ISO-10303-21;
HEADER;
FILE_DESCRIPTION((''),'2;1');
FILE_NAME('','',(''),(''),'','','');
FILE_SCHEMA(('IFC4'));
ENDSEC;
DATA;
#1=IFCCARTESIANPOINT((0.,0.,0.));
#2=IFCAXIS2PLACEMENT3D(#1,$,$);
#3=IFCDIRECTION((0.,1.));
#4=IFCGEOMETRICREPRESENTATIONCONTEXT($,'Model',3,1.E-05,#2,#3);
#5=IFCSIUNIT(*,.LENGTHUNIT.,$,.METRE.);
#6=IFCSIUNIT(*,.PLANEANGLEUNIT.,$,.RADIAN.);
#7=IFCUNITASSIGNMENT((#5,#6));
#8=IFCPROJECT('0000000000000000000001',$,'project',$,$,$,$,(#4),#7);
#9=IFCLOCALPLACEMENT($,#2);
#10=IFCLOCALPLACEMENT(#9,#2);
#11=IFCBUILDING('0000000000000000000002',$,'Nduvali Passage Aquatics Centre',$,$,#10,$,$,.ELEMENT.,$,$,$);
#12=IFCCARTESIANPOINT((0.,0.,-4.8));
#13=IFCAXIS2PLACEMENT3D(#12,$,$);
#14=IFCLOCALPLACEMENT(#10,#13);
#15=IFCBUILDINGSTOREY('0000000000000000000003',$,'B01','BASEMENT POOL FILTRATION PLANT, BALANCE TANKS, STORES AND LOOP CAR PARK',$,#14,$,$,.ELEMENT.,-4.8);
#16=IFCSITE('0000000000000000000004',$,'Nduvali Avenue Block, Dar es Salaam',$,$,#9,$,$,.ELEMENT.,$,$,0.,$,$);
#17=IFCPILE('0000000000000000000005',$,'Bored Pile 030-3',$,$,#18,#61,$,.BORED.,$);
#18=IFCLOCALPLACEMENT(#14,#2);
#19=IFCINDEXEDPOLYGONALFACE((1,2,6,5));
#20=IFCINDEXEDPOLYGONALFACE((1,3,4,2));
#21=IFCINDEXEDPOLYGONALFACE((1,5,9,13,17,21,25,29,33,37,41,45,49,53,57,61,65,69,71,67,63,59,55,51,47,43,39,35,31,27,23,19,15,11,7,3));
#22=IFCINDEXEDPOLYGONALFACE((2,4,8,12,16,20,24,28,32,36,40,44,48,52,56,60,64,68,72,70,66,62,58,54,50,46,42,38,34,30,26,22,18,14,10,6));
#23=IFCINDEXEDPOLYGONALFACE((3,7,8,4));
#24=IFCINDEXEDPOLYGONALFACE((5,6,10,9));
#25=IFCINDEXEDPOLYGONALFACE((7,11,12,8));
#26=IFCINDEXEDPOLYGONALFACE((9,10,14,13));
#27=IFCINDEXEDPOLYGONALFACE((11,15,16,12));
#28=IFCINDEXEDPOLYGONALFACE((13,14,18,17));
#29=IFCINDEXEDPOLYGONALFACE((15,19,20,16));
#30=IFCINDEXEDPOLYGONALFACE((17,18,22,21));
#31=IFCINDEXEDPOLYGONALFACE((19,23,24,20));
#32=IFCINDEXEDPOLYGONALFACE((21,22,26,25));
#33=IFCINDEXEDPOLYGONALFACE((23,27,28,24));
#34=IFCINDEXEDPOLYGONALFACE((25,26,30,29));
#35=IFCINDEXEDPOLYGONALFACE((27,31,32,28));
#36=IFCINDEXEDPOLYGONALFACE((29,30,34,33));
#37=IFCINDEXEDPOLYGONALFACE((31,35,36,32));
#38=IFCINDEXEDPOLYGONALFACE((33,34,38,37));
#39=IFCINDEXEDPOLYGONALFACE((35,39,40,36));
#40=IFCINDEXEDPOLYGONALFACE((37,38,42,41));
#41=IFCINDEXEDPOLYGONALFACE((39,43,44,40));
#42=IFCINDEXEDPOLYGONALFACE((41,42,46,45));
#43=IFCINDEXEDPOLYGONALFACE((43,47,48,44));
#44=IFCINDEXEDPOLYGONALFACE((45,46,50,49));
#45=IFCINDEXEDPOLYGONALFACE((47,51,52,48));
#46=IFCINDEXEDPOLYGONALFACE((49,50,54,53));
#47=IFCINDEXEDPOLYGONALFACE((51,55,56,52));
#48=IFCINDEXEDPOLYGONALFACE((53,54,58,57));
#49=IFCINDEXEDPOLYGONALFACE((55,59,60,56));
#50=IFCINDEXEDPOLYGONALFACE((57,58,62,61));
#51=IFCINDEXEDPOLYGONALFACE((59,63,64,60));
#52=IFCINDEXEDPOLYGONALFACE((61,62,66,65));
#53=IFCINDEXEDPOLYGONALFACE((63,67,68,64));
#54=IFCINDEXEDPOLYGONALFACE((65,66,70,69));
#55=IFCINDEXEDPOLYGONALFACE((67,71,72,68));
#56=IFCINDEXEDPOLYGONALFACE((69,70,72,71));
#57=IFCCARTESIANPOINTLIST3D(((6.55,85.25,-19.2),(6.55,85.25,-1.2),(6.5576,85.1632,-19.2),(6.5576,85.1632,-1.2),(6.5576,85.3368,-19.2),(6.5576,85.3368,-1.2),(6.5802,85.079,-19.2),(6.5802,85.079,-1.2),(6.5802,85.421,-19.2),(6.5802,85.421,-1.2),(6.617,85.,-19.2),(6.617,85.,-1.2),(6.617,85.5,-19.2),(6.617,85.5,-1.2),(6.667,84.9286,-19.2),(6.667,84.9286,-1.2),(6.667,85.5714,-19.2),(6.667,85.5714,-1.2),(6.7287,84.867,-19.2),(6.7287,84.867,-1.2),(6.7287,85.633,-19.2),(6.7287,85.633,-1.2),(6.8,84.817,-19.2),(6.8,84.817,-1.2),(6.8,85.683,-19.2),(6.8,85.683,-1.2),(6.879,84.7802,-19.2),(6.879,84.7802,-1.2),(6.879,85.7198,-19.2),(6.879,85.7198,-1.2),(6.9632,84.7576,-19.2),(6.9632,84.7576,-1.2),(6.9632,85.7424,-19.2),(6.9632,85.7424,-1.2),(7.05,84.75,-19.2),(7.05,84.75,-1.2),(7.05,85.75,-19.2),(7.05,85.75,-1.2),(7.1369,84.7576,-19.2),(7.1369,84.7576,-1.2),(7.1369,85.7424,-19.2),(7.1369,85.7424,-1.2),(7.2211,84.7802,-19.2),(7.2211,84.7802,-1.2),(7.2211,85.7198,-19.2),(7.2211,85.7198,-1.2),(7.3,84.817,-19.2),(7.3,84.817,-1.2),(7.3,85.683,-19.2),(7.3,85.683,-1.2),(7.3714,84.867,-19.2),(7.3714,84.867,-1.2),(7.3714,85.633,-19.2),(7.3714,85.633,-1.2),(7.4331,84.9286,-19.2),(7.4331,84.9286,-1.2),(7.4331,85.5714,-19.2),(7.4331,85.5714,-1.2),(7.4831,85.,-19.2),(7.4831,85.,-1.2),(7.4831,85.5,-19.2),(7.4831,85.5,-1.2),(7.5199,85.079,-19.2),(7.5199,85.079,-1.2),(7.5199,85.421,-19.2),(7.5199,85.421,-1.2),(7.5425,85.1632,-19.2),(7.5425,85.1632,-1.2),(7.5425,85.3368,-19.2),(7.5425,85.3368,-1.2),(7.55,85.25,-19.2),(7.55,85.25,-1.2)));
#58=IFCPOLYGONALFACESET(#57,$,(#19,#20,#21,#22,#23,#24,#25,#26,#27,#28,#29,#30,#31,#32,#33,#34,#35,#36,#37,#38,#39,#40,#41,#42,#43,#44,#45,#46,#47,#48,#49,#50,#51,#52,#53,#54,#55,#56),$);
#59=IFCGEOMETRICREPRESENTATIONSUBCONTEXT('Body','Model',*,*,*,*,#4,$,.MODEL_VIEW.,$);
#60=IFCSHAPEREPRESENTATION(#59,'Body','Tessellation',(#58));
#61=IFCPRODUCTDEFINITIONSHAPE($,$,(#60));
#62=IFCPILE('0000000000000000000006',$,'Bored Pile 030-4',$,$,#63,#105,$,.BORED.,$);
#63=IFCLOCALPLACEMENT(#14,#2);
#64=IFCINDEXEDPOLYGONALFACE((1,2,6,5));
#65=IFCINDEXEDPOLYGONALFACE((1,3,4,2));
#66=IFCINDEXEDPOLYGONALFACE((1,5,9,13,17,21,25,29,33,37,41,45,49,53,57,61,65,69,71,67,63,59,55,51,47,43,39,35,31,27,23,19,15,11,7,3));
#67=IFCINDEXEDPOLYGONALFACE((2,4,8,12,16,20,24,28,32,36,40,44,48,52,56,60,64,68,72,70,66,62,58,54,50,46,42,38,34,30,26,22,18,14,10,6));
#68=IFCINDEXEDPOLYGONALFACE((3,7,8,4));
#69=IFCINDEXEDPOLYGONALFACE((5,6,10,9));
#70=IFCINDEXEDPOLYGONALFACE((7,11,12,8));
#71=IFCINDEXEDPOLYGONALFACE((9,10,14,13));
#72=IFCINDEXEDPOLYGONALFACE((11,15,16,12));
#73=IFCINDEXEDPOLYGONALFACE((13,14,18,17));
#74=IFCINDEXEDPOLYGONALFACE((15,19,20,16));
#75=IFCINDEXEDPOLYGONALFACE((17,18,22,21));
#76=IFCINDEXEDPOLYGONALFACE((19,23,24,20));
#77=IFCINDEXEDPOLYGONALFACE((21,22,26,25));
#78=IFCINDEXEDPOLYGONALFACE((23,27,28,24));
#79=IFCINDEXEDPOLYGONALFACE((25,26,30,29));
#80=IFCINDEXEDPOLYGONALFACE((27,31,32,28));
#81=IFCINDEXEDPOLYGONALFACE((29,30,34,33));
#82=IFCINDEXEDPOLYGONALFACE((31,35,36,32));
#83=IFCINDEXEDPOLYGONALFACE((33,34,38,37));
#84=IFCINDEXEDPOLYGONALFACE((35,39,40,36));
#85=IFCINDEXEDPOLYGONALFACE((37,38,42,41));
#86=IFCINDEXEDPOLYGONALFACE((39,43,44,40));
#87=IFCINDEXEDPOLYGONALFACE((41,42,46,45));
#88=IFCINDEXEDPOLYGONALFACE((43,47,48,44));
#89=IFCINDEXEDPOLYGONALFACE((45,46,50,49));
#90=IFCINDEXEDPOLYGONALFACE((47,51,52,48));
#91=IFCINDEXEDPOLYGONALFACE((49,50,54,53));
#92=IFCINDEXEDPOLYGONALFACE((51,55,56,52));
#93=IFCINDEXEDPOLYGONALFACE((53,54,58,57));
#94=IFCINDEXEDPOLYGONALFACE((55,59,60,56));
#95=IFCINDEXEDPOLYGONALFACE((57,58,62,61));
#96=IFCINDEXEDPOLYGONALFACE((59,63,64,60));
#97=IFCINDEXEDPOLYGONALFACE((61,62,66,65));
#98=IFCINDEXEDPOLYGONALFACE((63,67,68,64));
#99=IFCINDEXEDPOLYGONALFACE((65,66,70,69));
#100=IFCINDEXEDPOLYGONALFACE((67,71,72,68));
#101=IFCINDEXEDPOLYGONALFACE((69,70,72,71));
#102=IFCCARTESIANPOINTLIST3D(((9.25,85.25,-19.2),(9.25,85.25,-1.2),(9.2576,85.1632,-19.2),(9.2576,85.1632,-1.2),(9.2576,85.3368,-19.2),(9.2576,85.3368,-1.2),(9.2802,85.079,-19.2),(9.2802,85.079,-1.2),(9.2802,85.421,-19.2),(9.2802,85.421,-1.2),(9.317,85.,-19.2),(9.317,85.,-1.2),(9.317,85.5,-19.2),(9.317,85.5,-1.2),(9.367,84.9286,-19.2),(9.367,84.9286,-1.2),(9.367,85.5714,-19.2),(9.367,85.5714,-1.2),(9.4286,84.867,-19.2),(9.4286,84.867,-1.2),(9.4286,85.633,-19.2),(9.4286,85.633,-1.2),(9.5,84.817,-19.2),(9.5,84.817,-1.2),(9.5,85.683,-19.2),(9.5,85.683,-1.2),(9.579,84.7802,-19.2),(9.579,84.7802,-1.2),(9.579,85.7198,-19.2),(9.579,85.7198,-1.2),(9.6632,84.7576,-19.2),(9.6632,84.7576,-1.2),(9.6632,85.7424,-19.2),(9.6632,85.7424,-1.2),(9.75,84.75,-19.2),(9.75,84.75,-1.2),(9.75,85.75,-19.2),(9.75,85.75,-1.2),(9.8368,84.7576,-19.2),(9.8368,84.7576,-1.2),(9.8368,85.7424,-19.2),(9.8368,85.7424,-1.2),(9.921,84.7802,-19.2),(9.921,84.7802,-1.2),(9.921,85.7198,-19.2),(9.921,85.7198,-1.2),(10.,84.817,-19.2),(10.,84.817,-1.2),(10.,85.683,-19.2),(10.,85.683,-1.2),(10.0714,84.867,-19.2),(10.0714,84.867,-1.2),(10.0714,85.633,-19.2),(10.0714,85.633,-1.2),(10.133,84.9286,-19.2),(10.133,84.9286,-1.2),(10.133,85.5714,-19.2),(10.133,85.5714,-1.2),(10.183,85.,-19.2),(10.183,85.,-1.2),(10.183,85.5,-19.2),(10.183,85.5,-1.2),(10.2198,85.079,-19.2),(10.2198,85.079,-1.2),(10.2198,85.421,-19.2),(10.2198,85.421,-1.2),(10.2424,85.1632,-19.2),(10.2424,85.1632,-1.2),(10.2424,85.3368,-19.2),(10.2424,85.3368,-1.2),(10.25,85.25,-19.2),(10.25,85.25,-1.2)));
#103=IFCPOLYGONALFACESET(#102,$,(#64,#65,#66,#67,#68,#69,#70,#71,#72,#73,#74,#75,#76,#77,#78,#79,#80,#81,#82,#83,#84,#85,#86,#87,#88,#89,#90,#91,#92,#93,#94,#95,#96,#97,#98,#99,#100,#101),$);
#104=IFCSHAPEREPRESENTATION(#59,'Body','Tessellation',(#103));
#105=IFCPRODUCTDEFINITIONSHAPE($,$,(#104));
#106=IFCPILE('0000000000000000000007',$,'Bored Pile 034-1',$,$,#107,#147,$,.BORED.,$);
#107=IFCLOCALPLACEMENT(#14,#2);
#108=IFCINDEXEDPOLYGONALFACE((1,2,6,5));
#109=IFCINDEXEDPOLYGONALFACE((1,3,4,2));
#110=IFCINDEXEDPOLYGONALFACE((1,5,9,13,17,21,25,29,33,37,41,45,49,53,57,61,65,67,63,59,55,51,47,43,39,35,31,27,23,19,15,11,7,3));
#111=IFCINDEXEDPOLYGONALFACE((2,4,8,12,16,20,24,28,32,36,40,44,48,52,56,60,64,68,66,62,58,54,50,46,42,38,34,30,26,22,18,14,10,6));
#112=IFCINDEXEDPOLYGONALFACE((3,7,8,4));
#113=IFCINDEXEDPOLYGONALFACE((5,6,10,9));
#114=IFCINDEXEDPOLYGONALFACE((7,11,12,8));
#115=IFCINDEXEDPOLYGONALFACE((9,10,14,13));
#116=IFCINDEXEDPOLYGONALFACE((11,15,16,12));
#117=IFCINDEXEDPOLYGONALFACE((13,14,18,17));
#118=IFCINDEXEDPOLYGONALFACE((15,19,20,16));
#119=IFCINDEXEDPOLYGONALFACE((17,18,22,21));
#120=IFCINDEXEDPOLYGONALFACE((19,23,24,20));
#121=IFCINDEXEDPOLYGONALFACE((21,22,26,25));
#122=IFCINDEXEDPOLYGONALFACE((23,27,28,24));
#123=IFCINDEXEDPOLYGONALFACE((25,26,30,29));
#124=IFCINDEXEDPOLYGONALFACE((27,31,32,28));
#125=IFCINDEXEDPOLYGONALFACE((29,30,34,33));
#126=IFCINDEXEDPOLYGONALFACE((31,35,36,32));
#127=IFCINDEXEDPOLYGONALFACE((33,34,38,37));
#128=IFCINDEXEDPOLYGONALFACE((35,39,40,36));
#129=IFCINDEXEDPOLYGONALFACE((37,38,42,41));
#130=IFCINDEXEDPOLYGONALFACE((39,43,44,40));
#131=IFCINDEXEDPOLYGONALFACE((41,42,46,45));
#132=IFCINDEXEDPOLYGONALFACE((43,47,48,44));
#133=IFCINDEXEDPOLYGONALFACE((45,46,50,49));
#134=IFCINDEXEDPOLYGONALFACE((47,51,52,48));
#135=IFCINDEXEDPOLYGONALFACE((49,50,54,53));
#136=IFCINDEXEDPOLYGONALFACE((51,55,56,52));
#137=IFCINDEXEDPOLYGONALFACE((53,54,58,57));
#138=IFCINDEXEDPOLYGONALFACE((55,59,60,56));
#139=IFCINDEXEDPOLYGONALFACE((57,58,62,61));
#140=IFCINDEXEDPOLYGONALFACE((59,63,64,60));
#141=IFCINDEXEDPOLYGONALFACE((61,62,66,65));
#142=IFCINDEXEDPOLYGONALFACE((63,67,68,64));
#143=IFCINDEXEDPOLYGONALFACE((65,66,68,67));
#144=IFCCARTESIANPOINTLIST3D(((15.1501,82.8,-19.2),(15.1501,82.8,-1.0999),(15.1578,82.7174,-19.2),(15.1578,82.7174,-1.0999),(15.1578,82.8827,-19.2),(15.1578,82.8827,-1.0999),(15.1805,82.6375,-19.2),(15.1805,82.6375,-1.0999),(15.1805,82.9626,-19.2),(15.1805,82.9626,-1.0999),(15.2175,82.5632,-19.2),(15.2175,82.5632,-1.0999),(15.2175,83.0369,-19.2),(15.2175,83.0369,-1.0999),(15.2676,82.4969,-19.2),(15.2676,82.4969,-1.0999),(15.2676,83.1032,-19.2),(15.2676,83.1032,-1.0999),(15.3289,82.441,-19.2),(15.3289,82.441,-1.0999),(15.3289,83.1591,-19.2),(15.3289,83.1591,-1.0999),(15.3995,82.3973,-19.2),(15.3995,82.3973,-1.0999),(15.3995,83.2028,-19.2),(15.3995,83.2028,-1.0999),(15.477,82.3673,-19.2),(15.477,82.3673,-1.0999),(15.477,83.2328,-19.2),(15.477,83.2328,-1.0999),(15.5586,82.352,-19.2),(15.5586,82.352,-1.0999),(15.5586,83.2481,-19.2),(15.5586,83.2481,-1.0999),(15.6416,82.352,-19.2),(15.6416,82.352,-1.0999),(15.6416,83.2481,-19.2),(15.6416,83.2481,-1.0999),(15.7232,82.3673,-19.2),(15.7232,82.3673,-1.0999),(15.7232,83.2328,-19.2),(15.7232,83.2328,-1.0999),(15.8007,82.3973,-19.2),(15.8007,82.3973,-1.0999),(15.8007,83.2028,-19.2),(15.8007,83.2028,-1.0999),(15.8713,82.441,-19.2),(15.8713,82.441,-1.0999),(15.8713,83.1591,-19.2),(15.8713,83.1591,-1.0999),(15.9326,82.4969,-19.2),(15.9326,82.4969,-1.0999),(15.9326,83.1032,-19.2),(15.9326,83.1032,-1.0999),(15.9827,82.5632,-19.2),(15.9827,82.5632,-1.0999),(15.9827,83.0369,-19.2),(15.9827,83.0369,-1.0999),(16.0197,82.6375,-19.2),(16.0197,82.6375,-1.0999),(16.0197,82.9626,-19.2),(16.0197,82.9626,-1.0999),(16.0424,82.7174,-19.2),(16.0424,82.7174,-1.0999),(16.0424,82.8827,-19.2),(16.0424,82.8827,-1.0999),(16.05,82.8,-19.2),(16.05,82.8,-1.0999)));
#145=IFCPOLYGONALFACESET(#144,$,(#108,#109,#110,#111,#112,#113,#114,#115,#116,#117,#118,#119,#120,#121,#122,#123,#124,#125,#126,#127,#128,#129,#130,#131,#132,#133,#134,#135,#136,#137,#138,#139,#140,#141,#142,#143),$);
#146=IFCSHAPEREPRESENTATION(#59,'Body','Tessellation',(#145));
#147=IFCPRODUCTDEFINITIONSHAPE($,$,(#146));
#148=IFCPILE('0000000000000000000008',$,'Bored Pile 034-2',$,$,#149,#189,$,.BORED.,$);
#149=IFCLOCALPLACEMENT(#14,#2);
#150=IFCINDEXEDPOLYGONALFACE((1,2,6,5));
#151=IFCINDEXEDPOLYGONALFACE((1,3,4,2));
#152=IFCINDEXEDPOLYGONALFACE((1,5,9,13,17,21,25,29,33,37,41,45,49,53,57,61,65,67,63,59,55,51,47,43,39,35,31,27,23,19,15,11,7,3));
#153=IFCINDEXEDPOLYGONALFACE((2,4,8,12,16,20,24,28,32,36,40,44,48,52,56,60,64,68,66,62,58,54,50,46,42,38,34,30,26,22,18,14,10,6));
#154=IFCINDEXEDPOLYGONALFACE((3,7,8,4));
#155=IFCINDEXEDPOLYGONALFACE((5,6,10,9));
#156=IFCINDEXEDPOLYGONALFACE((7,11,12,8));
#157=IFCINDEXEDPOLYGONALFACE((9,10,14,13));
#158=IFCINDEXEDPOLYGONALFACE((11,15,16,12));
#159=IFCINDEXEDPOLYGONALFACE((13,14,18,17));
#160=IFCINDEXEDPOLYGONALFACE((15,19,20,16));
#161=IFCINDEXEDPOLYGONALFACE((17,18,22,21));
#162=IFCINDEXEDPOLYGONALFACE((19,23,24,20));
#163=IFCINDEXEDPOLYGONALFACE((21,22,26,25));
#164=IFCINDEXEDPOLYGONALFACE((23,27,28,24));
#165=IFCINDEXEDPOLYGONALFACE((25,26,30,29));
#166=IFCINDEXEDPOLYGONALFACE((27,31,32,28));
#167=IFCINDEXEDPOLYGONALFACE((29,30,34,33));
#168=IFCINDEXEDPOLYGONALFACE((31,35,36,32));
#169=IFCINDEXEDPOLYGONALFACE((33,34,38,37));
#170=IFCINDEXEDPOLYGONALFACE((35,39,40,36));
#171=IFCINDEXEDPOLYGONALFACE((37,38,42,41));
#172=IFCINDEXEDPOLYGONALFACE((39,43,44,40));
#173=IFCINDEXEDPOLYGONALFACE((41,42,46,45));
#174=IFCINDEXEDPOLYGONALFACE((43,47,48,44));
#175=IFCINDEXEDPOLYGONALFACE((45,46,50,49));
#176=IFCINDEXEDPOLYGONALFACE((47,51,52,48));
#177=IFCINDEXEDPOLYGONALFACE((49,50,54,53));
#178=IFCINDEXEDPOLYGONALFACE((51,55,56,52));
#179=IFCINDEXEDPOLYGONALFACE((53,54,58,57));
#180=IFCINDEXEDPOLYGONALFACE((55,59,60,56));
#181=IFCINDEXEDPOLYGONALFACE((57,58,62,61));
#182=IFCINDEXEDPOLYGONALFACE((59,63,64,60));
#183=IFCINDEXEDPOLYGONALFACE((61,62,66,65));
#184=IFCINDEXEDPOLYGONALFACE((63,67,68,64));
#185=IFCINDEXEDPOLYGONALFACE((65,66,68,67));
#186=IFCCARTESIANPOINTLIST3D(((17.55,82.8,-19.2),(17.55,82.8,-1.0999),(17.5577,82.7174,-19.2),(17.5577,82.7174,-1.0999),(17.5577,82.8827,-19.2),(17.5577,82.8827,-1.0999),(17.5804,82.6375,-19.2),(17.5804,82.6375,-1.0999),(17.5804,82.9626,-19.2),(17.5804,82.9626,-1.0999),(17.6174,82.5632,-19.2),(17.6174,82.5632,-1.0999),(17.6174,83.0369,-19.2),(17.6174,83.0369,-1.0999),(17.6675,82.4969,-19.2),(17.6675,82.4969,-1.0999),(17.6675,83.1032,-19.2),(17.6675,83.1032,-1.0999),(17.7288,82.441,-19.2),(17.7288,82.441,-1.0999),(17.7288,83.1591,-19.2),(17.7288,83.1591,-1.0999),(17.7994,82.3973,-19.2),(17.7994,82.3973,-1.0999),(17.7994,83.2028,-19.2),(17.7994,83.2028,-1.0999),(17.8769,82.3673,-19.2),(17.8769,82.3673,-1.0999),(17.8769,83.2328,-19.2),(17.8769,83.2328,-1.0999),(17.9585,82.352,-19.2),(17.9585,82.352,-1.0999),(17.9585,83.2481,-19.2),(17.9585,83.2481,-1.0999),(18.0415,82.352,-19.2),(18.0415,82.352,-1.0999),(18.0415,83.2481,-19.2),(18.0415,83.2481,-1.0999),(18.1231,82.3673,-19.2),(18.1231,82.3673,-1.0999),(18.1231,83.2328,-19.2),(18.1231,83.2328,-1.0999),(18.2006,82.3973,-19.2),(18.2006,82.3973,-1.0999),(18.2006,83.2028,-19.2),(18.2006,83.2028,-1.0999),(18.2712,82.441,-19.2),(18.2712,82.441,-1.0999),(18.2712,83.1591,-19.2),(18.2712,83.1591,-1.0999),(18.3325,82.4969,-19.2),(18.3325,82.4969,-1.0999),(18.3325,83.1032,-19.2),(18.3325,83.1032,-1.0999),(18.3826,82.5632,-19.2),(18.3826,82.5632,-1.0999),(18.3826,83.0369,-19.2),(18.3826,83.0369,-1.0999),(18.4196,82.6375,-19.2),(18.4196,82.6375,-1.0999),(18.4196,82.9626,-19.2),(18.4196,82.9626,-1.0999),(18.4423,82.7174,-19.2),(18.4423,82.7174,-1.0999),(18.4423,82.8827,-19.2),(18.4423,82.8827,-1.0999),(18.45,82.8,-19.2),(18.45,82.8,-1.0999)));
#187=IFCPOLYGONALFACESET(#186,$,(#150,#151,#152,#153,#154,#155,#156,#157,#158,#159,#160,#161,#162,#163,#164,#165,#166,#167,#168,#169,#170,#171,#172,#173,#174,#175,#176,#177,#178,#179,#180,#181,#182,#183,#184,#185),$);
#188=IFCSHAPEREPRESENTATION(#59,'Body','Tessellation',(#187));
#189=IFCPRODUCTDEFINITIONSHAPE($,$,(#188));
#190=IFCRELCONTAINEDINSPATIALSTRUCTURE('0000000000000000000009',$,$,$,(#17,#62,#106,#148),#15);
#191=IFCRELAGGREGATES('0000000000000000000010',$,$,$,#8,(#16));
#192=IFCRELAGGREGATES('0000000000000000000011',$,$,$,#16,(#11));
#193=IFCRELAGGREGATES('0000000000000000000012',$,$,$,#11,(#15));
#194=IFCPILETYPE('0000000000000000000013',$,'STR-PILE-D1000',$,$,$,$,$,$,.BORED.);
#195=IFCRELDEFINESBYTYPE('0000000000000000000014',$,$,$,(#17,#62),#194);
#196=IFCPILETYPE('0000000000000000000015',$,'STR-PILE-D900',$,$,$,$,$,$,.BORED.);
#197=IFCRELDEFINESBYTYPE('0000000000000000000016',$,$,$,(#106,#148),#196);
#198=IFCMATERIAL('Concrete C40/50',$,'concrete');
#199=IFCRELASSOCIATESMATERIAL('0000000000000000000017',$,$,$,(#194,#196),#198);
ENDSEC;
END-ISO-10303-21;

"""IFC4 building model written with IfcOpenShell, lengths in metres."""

from ifc_helpers import new_model, si_unit, direction, frame, origin, origin_2d, place, context, subcontext, project, spatial, circle, extrude, material, material_profile, profile_set, type_object, element, save


model = new_model("IFC4")

# Units and contexts
model_context = context("Model", 3, precision=1e-05, world=origin(), true_north=direction((0.0, 1.0)))
body_context = subcontext(model_context, "Body", "Model", "MODEL_VIEW")
ifc_project = project(units=[si_unit("LENGTHUNIT", "METRE"), si_unit("PLANEANGLEUNIT", "RADIAN")], contexts=[model_context])

# Site, building, storey
site_placement = place(None, origin())
site = spatial("IfcSite", under=ifc_project, at=site_placement, Name="Nduvali Avenue Block, Dar es Salaam", CompositionType="ELEMENT", RefElevation=0.0)
building_placement = place(site_placement, origin())
building = spatial("IfcBuilding", under=site, at=building_placement, Name="Nduvali Passage Aquatics Centre", CompositionType="ELEMENT")
storey_placement = place(building_placement, frame((0.0, 0.0, -4.8)))
storey = spatial("IfcBuildingStorey", under=building, at=storey_placement, Name="B01", Description="BASEMENT POOL FILTRATION PLANT, BALANCE TANKS, STORES AND LOOP CAR PARK", CompositionType="ELEMENT", Elevation=-4.8)

# Shared definitions
ifc_material_1 = material(Name="Concrete C40/50", Category="concrete")

# Piles
ifc_material_profile_1 = material_profile(ifc_material_1, circle(Radius=0.5, at=origin_2d()), Name="PILE D1000")
ifc_profile_set_1 = profile_set([ifc_material_profile_1], Name="Concrete C40/50")
pile_type_1 = type_object("IfcPileType", Name="STR-PILE-D1000", PredefinedType="BORED", material=ifc_profile_set_1)
for number, where, z_axis, x_axis, name in (
    (1, (7.05, 85.25, -1.2), (0.0, 0.0, -1.0), (1.0, 0.0, 0.0), "Bored Pile 030-3"),
    (2, (9.75, 85.25, -1.2), (0.0, 0.0, -1.0), (1.0, 0.0, 0.0), "Bored Pile 030-4"),
):
    element("IfcPile", number, at=place(storey_placement, frame(where, z_axis=z_axis, x_axis=x_axis)), inside=storey, type_object=pile_type_1, Name=name, PredefinedType="BORED", context=body_context, shape_type="SweptSolid", body=[
        extrude(circle(Radius=0.5, at=origin_2d()), origin(), (0.0, 0.0, 1.0), 18.0),
    ])
ifc_material_profile_2 = material_profile(ifc_material_1, circle(Radius=0.45, at=origin_2d()), Name="PILE D900")
ifc_profile_set_2 = profile_set([ifc_material_profile_2], Name="Concrete C40/50")
pile_type_2 = type_object("IfcPileType", Name="STR-PILE-D900", PredefinedType="BORED", material=ifc_profile_set_2)
for number, where, z_axis, x_axis, name in (
    (3, (15.6001, 82.8, -1.0999), (0.0, 0.0, -1.0), (1.0, 0.0, 0.0), "Bored Pile 034-1"),
    (4, (18.0, 82.8, -1.0999), (0.0, 0.0, -1.0), (1.0, 0.0, 0.0), "Bored Pile 034-2"),
):
    element("IfcPile", number, at=place(storey_placement, frame(where, z_axis=z_axis, x_axis=x_axis)), inside=storey, type_object=pile_type_2, Name=name, PredefinedType="BORED", context=body_context, shape_type="SweptSolid", body=[
        extrude(circle(Radius=0.45, at=origin_2d()), origin(), (0.0, 0.0, 1.0), 18.1001),
    ])

save(model, "model.ifc")
